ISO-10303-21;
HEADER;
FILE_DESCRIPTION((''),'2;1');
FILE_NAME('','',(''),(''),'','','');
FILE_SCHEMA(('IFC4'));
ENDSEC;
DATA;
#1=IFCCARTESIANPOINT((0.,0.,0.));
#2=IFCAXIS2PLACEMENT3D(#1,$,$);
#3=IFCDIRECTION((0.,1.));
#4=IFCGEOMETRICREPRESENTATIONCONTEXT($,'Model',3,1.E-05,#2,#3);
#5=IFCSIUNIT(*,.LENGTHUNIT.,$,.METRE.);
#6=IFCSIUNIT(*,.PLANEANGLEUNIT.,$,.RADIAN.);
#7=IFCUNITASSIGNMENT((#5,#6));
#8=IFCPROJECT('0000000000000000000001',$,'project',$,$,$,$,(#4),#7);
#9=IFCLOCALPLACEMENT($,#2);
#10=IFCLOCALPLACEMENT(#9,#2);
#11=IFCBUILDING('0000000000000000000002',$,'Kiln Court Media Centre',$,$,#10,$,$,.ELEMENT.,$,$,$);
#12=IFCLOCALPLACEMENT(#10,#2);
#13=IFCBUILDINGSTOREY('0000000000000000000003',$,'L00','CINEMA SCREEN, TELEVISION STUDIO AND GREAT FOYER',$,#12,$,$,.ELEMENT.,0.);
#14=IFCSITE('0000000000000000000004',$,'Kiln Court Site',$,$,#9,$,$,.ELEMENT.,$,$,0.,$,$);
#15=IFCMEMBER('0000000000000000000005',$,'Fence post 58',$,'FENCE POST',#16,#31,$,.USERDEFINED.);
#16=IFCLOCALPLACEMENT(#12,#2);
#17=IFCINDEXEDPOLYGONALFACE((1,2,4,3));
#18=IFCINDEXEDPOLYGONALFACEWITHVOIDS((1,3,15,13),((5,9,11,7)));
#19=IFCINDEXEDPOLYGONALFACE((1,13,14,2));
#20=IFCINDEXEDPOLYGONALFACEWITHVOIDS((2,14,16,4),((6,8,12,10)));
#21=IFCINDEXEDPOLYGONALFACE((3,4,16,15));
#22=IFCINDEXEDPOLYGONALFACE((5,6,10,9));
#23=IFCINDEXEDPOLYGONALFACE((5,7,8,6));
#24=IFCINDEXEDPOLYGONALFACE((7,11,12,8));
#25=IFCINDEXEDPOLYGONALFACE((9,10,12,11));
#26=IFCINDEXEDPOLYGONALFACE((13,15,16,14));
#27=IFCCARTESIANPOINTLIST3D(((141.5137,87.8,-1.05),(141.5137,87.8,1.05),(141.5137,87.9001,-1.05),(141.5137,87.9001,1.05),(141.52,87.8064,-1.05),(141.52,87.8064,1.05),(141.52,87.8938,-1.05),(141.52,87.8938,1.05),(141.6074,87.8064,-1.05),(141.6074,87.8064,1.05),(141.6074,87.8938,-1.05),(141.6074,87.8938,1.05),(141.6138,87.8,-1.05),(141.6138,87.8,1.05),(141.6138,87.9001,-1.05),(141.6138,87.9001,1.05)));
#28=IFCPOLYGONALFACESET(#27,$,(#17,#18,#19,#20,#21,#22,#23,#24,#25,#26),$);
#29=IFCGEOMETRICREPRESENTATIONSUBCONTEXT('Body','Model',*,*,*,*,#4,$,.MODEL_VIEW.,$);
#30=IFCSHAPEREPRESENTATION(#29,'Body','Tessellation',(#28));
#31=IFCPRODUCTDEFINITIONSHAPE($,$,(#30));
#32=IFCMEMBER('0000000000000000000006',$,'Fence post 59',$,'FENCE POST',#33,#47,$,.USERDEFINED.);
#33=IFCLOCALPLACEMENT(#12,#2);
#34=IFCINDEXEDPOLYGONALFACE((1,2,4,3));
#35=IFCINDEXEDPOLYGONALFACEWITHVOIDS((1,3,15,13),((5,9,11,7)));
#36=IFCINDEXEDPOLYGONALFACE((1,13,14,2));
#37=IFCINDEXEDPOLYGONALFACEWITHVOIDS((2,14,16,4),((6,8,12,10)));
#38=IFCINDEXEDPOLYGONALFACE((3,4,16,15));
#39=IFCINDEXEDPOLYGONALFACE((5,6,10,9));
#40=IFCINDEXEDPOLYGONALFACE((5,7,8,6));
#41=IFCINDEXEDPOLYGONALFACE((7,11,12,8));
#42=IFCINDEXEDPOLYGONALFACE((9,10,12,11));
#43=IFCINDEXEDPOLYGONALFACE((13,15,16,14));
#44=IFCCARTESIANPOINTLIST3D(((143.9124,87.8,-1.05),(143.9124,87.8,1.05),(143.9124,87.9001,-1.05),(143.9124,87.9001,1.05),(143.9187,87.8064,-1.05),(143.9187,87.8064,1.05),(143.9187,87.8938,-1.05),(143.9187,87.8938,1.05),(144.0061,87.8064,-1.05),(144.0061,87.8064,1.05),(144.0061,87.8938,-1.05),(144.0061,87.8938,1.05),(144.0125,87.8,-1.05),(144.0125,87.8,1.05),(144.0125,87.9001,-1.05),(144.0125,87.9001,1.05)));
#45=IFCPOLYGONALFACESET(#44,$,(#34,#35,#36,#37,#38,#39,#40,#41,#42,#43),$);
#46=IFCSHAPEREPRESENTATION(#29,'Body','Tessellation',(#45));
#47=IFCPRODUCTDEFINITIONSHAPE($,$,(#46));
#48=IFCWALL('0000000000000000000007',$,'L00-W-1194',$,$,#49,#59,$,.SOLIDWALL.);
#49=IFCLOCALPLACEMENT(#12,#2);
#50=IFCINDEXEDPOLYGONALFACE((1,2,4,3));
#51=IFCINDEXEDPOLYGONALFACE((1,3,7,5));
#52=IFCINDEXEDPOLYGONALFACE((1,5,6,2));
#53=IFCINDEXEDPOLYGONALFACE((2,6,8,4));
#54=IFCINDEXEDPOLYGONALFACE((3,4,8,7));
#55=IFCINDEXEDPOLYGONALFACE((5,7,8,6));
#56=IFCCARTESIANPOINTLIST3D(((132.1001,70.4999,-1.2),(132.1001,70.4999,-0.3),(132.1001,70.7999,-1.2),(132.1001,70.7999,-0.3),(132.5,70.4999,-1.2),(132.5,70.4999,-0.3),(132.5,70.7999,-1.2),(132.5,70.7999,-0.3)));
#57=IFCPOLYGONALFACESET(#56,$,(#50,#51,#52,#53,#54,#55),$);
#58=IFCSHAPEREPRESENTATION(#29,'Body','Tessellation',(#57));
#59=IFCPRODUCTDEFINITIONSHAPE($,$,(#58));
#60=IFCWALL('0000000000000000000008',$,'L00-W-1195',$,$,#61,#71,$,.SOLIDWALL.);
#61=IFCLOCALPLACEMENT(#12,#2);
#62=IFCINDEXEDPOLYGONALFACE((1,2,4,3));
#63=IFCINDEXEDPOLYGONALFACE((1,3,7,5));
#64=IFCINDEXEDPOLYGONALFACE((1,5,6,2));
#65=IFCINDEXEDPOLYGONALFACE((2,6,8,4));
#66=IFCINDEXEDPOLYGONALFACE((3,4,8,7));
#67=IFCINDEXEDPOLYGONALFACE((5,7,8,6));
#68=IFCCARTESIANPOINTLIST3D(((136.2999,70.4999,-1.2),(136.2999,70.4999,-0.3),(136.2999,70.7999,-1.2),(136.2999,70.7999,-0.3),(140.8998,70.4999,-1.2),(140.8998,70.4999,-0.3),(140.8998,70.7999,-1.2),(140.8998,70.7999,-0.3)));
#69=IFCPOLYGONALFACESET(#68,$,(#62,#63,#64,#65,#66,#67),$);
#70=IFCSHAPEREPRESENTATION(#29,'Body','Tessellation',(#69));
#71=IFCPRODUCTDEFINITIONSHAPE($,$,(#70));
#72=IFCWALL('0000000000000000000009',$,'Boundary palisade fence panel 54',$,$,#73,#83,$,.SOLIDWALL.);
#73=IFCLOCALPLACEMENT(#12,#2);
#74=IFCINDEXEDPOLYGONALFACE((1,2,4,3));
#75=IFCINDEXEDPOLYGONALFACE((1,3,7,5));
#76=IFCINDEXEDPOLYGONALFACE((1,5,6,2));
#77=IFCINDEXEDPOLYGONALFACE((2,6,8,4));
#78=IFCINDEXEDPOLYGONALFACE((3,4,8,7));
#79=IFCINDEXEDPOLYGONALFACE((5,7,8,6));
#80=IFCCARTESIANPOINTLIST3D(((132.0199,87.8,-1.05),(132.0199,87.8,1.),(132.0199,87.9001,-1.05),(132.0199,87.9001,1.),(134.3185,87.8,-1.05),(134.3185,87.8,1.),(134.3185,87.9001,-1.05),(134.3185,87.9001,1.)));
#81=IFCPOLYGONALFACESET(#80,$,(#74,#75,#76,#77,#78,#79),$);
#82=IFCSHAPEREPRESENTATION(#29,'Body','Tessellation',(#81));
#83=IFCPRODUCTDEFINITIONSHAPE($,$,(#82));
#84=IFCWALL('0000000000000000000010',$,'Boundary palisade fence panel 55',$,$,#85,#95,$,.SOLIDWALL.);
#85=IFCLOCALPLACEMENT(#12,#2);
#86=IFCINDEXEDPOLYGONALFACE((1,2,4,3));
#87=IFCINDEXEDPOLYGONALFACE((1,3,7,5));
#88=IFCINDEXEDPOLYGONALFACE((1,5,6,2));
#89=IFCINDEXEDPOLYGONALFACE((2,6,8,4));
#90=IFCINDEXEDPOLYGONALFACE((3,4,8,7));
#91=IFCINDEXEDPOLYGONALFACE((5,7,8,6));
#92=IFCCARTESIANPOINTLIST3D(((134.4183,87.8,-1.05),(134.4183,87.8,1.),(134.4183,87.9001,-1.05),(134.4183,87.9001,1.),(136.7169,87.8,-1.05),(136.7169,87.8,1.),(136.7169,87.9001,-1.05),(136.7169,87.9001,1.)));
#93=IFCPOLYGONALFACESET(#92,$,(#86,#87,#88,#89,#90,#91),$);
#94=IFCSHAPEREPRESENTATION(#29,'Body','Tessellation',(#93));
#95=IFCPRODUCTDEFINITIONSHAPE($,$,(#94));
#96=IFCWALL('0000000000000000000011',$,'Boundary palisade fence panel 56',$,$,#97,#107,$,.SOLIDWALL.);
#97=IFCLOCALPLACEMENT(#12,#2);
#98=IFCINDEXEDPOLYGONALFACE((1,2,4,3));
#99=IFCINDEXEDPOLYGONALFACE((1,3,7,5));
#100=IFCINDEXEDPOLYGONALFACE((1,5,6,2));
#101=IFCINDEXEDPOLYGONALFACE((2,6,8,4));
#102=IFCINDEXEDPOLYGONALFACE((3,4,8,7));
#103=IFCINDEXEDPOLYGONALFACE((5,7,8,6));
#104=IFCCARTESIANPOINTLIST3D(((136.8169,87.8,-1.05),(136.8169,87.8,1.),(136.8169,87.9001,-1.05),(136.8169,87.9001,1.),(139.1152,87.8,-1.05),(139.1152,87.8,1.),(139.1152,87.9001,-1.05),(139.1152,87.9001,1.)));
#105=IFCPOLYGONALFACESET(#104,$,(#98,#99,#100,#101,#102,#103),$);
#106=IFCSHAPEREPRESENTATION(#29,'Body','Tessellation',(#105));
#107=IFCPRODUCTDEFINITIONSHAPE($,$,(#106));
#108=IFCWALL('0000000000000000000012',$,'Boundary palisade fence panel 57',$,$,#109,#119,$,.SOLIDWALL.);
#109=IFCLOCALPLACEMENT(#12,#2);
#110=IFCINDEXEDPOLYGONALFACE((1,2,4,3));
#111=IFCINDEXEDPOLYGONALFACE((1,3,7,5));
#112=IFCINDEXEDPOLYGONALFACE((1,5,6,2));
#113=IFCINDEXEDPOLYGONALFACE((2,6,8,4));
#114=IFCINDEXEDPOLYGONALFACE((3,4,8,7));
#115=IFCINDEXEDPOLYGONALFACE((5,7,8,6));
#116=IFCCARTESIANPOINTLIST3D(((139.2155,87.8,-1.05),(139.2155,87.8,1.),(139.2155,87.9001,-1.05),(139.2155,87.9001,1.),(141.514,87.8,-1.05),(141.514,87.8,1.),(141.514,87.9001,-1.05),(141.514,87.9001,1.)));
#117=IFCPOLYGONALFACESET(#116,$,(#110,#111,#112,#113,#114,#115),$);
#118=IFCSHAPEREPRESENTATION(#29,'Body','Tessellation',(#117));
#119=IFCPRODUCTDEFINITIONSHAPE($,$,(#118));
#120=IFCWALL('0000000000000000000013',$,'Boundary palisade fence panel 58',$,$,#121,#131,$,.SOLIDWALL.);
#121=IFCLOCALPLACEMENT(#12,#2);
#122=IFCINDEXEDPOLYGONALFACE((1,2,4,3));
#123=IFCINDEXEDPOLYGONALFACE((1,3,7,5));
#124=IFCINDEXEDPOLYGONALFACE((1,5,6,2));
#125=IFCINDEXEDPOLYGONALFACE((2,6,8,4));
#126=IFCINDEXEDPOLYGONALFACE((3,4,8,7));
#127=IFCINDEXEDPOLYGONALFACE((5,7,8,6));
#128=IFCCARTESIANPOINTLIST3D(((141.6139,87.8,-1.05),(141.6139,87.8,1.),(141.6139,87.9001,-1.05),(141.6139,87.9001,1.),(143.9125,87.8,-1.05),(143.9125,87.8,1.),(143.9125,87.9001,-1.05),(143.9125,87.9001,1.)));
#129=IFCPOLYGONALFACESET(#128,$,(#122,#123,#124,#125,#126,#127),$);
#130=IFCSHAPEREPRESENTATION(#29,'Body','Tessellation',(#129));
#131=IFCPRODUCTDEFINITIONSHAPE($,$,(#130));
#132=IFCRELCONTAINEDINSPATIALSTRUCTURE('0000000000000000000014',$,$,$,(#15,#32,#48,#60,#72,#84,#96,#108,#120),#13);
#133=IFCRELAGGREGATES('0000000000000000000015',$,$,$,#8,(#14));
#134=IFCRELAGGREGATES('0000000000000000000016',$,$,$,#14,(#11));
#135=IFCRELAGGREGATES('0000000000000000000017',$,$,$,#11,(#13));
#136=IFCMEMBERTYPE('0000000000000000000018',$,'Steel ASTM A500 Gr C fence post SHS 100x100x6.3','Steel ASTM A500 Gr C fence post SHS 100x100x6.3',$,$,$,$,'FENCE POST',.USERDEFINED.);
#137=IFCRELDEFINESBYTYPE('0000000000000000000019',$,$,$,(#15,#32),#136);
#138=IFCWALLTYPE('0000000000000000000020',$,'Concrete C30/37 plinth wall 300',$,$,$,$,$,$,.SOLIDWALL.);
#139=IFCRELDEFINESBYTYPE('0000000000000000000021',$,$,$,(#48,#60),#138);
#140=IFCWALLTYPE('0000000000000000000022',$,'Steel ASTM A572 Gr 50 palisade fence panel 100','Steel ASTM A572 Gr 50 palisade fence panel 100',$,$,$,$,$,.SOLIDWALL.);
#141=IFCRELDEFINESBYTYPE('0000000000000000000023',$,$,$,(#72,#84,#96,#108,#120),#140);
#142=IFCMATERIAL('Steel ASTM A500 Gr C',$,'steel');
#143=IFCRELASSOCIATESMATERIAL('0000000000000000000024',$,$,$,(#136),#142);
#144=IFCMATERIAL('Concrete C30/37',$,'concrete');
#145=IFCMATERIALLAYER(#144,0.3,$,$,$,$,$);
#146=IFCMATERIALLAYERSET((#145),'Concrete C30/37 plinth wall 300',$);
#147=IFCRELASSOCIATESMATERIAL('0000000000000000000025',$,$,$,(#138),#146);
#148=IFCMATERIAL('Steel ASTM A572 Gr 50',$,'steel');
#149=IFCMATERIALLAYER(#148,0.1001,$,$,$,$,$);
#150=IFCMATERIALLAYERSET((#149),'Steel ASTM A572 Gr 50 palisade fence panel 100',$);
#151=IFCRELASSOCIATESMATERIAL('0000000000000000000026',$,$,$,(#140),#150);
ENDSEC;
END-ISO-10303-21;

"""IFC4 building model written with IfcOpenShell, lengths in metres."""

from ifc_helpers import new_model, si_unit, direction, frame, frame_2d, origin, origin_2d, place, context, subcontext, project, spatial, rectangle, hollow_rectangle, extrude, material, layer, layer_set, material_profile, profile_set, type_object, element, save


model = new_model("IFC4")

# Units and contexts
model_context = context("Model", 3, precision=1e-05, world=origin(), true_north=direction((0.0, 1.0)))
body_context = subcontext(model_context, "Body", "Model", "MODEL_VIEW")
ifc_project = project(units=[si_unit("LENGTHUNIT", "METRE"), si_unit("PLANEANGLEUNIT", "RADIAN")], contexts=[model_context])

# Site, building, storey
site_placement = place(None, origin())
site = spatial("IfcSite", under=ifc_project, at=site_placement, Name="Kiln Court Site", CompositionType="ELEMENT", RefElevation=0.0)
building_placement = place(site_placement, origin())
building = spatial("IfcBuilding", under=site, at=building_placement, Name="Kiln Court Media Centre", CompositionType="ELEMENT")
storey_placement = place(building_placement, origin())
storey = spatial("IfcBuildingStorey", under=building, at=storey_placement, Name="L00", Description="CINEMA SCREEN, TELEVISION STUDIO AND GREAT FOYER", CompositionType="ELEMENT", Elevation=0.0)

# Members
ifc_material_1 = material(Name="Steel ASTM A500 Gr C", Category="steel")
ifc_material_profile_1 = material_profile(ifc_material_1, hollow_rectangle(XDim=0.1001, YDim=0.1001, WallThickness=0.0063, at=origin_2d()), Name="SHS 100x100x6.3")
ifc_profile_set_1 = profile_set([ifc_material_profile_1], Name="Steel ASTM A500 Gr C")
member_type = type_object("IfcMemberType", Name="Steel ASTM A500 Gr C fence post SHS 100x100x6.3", Description="Steel ASTM A500 Gr C fence post SHS 100x100x6.3", ElementType="FENCE POST", PredefinedType="USERDEFINED", material=ifc_profile_set_1)
for number, where, z_axis, x_axis, name in (
    (1, (141.5637, 87.8501, -1.05), (0.0, 0.0, 1.0), (1.0, 0.0, 0.0), "Fence post 58"),
    (2, (143.9624, 87.8501, -1.05), (0.0, 0.0, 1.0), (1.0, 0.0, 0.0), "Fence post 59"),
):
    element("IfcMember", number, at=place(storey_placement, frame(where, z_axis=z_axis, x_axis=x_axis)), inside=storey, type_object=member_type, Name=name, ObjectType="FENCE POST", PredefinedType="USERDEFINED", context=body_context, shape_type="SweptSolid", body=[
        extrude(hollow_rectangle(XDim=0.1001, YDim=0.1001, WallThickness=0.0063, at=origin_2d()), origin(), (0.0, 0.0, 1.0), 2.1001),
    ])

# Walls
ifc_material_2 = material(Name="Concrete C30/37", Category="concrete")
ifc_layer_1 = layer(ifc_material_2, 0.3)
ifc_layer_set_1 = layer_set([ifc_layer_1], Name="Concrete C30/37 plinth wall 300")
wall_type_1 = type_object("IfcWallType", Name="Concrete C30/37 plinth wall 300", PredefinedType="SOLIDWALL", material=ifc_layer_set_1)
wall_1_placement = place(storey_placement, frame((132.1001, 70.6499, -1.2), z_axis=(0.0, 0.0, 1.0), x_axis=(1.0, 0.0, 0.0)))
element("IfcWall", 3, at=wall_1_placement, inside=storey, type_object=wall_type_1, Name="L00-W-1194", PredefinedType="SOLIDWALL", context=body_context, shape_type="SweptSolid", body=[
    extrude(rectangle(XDim=0.3999, YDim=0.3, at=frame_2d((0.2, 0.0))), origin(), (0.0, 0.0, 1.0), 0.8999),
])
wall_2_placement = place(storey_placement, frame((136.3, 70.6499, -1.2), z_axis=(0.0, 0.0, 1.0), x_axis=(1.0, 0.0, 0.0)))
element("IfcWall", 4, at=wall_2_placement, inside=storey, type_object=wall_type_1, Name="L00-W-1195", PredefinedType="SOLIDWALL", context=body_context, shape_type="SweptSolid", body=[
    extrude(rectangle(XDim=4.5999, YDim=0.3, at=frame_2d((2.2998, 0.0))), origin(), (0.0, 0.0, 1.0), 0.8999),
])
ifc_material_3 = material(Name="Steel ASTM A572 Gr 50", Category="steel")
ifc_layer_2 = layer(ifc_material_3, 0.1001)
ifc_layer_set_2 = layer_set([ifc_layer_2], Name="Steel ASTM A572 Gr 50 palisade fence panel 100")
wall_type_2 = type_object("IfcWallType", Name="Steel ASTM A572 Gr 50 palisade fence panel 100", Description="Steel ASTM A572 Gr 50 palisade fence panel 100", PredefinedType="SOLIDWALL", material=ifc_layer_set_2)
for number, where, z_axis, x_axis, name in (
    (5, (132.0198, 87.8501, -1.05), (0.0, 0.0, 1.0), (1.0, 0.0, 0.0), "Boundary palisade fence panel 54"),
    (6, (134.4182, 87.8501, -1.05), (0.0, 0.0, 1.0), (1.0, 0.0, 0.0), "Boundary palisade fence panel 55"),
):
    element("IfcWall", number, at=place(storey_placement, frame(where, z_axis=z_axis, x_axis=x_axis)), inside=storey, type_object=wall_type_2, Name=name, PredefinedType="SOLIDWALL", context=body_context, shape_type="SweptSolid", body=[
        extrude(rectangle(XDim=2.2986, YDim=0.1001, at=frame_2d((1.1494, 0.0))), origin(), (0.0, 0.0, 1.0), 2.05),
    ])
wall_3_placement = place(storey_placement, frame((136.8169, 87.8501, -1.05), z_axis=(0.0, 0.0, 1.0), x_axis=(1.0, 0.0, 0.0)))
element("IfcWall", 7, at=wall_3_placement, inside=storey, type_object=wall_type_2, Name="Boundary palisade fence panel 56", PredefinedType="SOLIDWALL", context=body_context, shape_type="SweptSolid", body=[
    extrude(rectangle(XDim=2.2983, YDim=0.1001, at=frame_2d((1.1492, 0.0))), origin(), (0.0, 0.0, 1.0), 2.05),
])
for number, where, z_axis, x_axis, name in (
    (8, (139.2153, 87.8501, -1.05), (0.0, 0.0, 1.0), (1.0, 0.0, 0.0), "Boundary palisade fence panel 57"),
    (9, (141.6138, 87.8501, -1.05), (0.0, 0.0, 1.0), (1.0, 0.0, 0.0), "Boundary palisade fence panel 58"),
):
    element("IfcWall", number, at=place(storey_placement, frame(where, z_axis=z_axis, x_axis=x_axis)), inside=storey, type_object=wall_type_2, Name=name, PredefinedType="SOLIDWALL", context=body_context, shape_type="SweptSolid", body=[
        extrude(rectangle(XDim=2.2986, YDim=0.1001, at=frame_2d((1.1494, 0.0))), origin(), (0.0, 0.0, 1.0), 2.05),
    ])

save(model, "model.ifc")
